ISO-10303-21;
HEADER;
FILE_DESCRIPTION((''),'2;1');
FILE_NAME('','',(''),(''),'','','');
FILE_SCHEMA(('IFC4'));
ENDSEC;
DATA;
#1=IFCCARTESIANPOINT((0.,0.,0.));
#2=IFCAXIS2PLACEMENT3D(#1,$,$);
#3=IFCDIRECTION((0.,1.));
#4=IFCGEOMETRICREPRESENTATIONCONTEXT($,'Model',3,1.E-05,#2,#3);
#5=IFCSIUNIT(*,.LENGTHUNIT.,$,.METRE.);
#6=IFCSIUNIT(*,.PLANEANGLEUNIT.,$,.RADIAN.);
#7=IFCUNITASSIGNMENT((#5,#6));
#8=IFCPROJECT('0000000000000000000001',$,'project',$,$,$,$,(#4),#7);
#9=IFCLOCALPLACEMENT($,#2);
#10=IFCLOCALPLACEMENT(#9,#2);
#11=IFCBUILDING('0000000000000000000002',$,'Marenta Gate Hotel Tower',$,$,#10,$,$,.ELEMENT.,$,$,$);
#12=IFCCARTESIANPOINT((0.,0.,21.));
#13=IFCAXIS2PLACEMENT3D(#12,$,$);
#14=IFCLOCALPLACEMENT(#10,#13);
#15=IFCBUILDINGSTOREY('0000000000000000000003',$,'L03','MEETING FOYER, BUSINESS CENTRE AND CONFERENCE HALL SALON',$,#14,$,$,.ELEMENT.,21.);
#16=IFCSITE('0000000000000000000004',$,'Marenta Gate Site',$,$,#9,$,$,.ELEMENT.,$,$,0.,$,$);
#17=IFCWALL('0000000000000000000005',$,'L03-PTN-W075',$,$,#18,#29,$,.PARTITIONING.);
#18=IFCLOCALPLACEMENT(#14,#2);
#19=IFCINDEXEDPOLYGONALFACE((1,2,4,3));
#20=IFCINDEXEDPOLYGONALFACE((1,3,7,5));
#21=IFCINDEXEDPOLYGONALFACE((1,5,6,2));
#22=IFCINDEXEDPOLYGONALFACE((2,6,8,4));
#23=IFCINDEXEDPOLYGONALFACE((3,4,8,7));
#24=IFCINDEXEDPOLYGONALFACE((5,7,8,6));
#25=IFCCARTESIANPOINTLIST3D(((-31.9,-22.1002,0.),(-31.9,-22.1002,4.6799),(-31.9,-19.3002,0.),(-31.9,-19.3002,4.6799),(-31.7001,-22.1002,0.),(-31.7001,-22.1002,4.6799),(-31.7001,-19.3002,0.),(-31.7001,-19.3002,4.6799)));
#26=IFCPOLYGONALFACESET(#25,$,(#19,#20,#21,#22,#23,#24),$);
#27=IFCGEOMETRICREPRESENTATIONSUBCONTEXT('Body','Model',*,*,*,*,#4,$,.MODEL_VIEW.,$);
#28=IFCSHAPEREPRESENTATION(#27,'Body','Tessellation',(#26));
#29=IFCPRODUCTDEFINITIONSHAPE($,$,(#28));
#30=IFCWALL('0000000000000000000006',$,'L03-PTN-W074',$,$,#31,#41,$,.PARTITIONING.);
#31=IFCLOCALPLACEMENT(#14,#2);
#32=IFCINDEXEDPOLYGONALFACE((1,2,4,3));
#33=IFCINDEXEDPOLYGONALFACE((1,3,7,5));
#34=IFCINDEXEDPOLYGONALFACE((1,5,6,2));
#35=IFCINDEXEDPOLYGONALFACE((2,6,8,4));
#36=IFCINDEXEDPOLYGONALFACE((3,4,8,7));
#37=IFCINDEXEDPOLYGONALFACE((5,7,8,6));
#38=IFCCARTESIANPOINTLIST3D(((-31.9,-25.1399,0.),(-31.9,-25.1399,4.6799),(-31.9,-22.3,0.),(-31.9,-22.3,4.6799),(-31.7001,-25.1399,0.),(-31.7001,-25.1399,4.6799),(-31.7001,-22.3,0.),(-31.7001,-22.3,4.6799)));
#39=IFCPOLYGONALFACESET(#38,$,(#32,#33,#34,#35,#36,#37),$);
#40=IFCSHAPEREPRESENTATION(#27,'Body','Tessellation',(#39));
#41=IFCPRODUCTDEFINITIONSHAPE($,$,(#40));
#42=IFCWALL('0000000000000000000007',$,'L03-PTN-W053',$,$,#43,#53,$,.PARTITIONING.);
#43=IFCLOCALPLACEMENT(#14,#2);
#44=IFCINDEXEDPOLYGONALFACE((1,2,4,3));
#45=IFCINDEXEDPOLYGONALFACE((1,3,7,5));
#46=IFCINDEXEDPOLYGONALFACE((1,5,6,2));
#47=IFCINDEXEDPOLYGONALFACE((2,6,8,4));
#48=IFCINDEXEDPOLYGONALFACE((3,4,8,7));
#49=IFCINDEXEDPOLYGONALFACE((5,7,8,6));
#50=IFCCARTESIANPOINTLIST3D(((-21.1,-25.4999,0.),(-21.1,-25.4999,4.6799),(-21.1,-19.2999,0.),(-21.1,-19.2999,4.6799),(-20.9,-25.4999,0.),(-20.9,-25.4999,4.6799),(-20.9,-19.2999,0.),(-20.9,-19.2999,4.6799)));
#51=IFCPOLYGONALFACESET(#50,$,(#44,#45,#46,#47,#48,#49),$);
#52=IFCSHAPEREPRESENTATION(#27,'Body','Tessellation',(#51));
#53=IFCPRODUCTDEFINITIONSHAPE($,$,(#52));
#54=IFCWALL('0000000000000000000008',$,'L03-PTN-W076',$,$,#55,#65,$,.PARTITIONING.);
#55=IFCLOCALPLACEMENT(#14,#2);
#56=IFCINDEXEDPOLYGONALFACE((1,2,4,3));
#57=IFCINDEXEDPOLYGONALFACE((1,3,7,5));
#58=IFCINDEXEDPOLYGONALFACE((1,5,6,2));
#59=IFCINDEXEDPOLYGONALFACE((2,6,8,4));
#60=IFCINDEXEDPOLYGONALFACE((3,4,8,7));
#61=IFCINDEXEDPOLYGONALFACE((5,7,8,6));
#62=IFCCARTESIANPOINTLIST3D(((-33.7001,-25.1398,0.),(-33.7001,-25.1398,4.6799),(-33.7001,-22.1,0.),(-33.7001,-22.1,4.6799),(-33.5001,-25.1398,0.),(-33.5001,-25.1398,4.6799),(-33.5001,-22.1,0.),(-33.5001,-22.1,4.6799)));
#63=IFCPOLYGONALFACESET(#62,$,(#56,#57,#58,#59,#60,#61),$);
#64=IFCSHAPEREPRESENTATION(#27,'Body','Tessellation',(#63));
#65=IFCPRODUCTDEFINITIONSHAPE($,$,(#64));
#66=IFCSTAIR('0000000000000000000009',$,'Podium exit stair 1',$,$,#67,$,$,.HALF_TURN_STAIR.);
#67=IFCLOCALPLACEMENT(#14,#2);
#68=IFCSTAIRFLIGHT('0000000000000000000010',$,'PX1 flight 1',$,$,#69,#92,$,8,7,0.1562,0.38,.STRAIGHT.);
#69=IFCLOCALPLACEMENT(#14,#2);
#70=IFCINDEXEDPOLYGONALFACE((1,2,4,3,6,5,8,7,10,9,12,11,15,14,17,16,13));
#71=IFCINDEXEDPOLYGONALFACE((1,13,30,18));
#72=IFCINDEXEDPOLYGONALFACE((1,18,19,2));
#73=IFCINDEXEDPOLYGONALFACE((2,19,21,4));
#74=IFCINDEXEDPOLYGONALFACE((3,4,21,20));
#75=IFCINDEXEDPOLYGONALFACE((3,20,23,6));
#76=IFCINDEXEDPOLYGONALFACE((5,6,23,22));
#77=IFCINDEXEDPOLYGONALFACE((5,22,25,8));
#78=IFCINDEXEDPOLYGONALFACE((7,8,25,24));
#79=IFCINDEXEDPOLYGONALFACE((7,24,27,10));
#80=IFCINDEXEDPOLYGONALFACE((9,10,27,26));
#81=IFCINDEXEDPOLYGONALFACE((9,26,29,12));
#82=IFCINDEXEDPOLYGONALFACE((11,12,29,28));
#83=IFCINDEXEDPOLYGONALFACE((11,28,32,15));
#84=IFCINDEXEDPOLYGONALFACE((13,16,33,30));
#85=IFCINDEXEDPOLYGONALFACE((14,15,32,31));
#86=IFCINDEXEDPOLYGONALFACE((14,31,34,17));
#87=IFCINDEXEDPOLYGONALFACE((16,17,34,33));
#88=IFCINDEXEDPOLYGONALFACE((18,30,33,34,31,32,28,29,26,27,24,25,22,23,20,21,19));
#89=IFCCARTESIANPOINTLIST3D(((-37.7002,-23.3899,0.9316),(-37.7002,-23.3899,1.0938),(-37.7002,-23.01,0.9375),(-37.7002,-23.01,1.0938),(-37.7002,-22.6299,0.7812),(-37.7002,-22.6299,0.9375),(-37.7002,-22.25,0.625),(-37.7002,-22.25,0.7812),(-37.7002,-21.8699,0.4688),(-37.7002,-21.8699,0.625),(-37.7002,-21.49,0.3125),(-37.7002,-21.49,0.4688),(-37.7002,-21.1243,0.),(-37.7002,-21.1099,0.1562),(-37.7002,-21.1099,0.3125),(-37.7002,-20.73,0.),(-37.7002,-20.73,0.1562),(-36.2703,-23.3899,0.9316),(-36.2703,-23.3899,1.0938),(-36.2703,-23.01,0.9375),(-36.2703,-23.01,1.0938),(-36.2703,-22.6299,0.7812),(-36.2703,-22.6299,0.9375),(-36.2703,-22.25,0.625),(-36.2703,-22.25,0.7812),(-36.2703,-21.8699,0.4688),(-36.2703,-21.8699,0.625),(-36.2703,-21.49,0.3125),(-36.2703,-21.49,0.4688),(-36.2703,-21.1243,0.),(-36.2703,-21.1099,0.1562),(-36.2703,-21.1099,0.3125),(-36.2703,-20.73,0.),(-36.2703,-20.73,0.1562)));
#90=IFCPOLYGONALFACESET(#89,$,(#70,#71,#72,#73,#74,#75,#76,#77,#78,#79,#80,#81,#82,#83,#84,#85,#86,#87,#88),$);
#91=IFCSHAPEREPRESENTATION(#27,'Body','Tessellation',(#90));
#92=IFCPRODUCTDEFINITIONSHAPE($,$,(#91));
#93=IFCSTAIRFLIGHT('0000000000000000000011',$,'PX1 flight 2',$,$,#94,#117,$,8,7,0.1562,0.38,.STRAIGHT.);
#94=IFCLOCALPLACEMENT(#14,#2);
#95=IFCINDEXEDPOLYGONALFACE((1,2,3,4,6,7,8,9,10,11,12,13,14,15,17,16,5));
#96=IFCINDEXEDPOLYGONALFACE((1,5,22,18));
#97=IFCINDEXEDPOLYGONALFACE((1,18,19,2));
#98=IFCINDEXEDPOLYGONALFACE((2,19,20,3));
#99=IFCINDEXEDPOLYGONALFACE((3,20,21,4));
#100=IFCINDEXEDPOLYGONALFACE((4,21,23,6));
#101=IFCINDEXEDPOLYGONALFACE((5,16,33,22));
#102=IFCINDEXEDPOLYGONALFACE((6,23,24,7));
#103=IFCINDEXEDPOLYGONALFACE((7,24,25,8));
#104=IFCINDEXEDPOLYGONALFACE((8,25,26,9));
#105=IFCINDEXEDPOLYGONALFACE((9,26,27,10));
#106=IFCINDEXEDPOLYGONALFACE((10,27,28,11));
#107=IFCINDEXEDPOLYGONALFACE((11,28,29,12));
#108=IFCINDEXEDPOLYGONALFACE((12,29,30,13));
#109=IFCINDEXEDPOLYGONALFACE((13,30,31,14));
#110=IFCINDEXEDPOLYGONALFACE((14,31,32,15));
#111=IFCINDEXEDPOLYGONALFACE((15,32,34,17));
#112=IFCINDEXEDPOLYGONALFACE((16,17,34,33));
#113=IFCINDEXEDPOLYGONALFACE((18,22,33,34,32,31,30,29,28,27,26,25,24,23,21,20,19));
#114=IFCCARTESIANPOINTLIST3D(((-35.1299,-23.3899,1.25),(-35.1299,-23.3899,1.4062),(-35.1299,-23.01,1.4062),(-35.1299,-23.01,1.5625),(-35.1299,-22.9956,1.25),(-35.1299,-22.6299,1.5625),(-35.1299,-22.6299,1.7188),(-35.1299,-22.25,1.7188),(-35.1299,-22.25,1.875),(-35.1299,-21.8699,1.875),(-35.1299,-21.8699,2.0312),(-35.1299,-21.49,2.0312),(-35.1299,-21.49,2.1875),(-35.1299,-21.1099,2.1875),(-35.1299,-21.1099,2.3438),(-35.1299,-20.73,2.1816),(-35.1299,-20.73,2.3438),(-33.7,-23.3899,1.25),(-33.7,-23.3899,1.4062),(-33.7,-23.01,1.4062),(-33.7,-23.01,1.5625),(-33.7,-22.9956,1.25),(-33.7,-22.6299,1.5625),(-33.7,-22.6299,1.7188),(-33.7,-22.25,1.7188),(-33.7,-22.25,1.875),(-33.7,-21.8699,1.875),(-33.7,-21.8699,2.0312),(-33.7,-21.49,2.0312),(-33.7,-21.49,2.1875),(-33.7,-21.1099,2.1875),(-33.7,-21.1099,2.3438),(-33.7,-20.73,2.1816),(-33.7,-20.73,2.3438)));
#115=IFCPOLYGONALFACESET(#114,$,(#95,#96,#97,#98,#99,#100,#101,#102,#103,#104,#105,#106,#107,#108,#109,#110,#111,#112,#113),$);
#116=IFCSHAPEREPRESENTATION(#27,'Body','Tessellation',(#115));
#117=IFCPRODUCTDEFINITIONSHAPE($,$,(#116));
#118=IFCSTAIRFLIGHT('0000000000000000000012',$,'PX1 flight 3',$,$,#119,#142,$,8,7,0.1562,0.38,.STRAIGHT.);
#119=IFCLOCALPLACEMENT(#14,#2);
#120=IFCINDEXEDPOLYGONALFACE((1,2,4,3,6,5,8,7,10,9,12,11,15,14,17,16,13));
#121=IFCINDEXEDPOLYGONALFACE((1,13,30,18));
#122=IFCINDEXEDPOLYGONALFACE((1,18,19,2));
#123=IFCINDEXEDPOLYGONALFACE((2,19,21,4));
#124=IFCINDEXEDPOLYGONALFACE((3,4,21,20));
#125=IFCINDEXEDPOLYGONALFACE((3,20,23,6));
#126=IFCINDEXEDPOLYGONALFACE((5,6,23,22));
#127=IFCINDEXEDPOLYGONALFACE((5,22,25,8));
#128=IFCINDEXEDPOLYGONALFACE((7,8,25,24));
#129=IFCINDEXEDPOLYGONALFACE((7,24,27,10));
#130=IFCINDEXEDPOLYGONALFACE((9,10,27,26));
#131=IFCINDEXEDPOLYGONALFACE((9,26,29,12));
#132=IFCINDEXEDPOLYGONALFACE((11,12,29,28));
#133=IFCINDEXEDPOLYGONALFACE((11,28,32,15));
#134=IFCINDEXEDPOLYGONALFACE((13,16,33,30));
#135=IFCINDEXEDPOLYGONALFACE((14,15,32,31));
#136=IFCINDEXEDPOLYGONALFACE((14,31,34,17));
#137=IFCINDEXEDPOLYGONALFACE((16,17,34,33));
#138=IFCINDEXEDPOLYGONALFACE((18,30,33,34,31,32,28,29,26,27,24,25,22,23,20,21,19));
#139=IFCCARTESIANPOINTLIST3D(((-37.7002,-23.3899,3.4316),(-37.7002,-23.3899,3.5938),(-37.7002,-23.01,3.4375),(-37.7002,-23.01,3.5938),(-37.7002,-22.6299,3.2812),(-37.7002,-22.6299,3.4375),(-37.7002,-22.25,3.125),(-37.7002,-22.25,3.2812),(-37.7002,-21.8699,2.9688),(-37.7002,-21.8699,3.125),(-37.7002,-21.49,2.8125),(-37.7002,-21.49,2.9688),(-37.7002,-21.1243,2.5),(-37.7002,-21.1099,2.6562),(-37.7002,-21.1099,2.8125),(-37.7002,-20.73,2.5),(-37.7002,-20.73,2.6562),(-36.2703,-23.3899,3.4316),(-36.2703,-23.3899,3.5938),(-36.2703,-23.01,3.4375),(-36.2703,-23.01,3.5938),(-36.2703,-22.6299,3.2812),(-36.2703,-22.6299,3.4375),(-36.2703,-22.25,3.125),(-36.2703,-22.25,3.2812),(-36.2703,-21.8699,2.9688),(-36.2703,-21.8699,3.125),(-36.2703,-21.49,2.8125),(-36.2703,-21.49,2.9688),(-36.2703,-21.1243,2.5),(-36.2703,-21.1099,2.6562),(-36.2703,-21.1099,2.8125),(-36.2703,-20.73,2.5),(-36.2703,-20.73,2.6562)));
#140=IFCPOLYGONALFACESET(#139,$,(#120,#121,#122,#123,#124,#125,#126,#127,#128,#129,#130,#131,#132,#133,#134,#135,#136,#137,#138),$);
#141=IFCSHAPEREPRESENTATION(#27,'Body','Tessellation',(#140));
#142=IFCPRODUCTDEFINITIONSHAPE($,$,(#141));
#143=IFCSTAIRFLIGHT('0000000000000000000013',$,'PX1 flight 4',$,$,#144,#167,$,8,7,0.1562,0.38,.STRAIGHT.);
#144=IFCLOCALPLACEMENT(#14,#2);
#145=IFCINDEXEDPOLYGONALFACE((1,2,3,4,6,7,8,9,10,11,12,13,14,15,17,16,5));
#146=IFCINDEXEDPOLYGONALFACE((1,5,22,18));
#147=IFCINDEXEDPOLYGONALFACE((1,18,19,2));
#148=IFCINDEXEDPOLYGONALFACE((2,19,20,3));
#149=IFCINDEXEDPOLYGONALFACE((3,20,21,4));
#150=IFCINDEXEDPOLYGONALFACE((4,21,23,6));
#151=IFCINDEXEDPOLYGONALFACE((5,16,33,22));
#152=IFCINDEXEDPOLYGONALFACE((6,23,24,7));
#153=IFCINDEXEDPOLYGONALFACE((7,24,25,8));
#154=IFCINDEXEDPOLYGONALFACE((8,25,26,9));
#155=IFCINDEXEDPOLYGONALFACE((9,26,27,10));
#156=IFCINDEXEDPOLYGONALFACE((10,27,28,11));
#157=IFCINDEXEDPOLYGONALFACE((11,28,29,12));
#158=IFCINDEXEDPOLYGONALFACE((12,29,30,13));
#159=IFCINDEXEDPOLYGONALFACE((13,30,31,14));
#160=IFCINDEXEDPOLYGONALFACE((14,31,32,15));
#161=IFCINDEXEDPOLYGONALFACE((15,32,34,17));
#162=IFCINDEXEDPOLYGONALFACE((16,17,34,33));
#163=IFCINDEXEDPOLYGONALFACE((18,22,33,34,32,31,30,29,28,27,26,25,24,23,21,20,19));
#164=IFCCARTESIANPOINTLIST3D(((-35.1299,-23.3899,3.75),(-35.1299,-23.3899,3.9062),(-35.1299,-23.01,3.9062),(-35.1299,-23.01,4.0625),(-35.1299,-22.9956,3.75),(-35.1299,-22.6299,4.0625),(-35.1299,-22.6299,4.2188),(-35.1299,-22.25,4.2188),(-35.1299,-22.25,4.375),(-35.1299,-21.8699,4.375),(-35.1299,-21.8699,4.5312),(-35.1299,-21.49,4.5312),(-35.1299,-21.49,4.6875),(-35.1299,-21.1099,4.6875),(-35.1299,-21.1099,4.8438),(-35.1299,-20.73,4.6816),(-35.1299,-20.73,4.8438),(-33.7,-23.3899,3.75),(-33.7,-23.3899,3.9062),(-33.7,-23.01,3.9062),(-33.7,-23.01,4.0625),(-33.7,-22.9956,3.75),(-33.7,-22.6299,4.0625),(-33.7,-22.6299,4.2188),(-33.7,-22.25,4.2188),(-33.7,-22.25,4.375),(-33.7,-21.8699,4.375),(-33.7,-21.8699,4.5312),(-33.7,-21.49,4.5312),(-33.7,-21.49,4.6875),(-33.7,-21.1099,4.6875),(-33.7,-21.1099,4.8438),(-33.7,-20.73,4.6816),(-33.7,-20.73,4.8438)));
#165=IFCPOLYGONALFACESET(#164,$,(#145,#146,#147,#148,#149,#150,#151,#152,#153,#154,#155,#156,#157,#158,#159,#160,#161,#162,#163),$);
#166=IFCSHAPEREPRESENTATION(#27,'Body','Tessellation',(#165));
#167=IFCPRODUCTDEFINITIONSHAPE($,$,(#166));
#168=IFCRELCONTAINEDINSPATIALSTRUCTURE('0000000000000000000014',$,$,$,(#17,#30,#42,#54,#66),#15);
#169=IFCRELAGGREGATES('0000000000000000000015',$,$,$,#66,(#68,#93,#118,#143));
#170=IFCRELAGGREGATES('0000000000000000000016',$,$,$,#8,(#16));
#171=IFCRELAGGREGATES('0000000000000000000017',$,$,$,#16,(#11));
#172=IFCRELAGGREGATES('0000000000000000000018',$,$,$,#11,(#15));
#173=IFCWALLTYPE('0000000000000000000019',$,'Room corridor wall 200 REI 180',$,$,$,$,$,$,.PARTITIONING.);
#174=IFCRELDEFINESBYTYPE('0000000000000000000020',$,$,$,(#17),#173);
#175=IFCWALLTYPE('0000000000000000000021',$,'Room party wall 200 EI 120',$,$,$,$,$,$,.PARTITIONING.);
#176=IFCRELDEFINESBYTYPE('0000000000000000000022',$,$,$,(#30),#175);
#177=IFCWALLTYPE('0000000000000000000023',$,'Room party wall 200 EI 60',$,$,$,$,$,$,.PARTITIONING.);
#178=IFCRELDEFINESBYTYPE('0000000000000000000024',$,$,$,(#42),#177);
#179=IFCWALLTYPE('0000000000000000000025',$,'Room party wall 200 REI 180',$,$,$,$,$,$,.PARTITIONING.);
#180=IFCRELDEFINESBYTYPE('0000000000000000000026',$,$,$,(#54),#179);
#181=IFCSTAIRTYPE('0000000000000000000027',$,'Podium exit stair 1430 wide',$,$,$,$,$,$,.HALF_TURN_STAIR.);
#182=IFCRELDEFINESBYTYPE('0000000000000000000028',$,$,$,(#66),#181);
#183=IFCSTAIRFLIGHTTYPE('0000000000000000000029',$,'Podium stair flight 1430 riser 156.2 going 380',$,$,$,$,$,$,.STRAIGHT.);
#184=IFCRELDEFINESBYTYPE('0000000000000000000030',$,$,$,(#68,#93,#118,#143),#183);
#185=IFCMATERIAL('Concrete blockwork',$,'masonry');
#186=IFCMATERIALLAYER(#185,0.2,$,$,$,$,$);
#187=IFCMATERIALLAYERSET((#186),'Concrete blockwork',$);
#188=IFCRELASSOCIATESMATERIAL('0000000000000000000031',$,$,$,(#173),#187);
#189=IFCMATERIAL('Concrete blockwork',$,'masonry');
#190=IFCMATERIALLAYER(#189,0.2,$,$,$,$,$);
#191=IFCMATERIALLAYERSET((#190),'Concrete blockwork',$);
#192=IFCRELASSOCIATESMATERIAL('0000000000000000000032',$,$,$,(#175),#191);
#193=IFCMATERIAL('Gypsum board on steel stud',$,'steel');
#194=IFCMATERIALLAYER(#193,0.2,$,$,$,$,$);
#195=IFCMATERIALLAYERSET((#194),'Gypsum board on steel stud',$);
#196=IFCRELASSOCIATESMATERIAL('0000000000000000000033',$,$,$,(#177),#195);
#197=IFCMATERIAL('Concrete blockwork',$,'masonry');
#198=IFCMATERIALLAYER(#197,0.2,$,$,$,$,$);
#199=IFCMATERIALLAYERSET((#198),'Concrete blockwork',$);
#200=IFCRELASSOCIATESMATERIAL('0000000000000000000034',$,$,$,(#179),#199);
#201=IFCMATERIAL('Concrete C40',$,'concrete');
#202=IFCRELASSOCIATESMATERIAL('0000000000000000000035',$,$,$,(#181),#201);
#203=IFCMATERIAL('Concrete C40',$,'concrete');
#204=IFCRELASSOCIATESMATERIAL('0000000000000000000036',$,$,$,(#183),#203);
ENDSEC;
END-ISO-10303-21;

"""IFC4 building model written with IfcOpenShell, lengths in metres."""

from ifc_helpers import new_model, si_unit, direction, frame, frame_2d, origin, place, context, subcontext, project, spatial, polyline, rectangle, outline, extrude, material, layer, layer_set, type_object, element, aggregate, save


model = new_model("IFC4")

# Units and contexts
model_context = context("Model", 3, precision=1e-05, world=origin(), true_north=direction((0.0, 1.0)))
body_context = subcontext(model_context, "Body", "Model", "MODEL_VIEW")
ifc_project = project(units=[si_unit("LENGTHUNIT", "METRE"), si_unit("PLANEANGLEUNIT", "RADIAN")], contexts=[model_context])

# Site, building, storey
site_placement = place(None, origin())
site = spatial("IfcSite", under=ifc_project, at=site_placement, Name="Marenta Gate Site", CompositionType="ELEMENT", RefElevation=0.0)
building_placement = place(site_placement, origin())
building = spatial("IfcBuilding", under=site, at=building_placement, Name="Marenta Gate Hotel Tower", CompositionType="ELEMENT")
storey_placement = place(building_placement, frame((0.0, 0.0, 21.0)))
storey = spatial("IfcBuildingStorey", under=building, at=storey_placement, Name="L03", Description="MEETING FOYER, BUSINESS CENTRE AND CONFERENCE HALL SALON", CompositionType="ELEMENT", Elevation=21.0)

# Shared definitions
ifc_material_1 = material(Name="Concrete blockwork", Category="masonry")
ifc_layer_1 = layer(ifc_material_1, 0.2)
ifc_layer_set_1 = layer_set([ifc_layer_1], Name="Concrete blockwork")
wall_type_1 = type_object("IfcWallType", Name="Room corridor wall 200 REI 180", PredefinedType="PARTITIONING", material=ifc_layer_set_1)

# Wall
wall_1_placement = place(storey_placement, frame((-31.8, -22.1001, 0.0), z_axis=(0.0, 0.0, 1.0), x_axis=(0.0, 1.0, 0.0)))
element("IfcWall", 1, at=wall_1_placement, inside=storey, type_object=wall_type_1, Name="L03-PTN-W075", PredefinedType="PARTITIONING", context=body_context, shape_type="SweptSolid", body=[
    extrude(rectangle(XDim=2.8, YDim=0.2, at=frame_2d((1.3999, 0.0))), origin(), (0.0, 0.0, 1.0), 4.6799),
])

# Walls
ifc_material_2 = material(Name="Concrete blockwork", Category="masonry")
ifc_layer_2 = layer(ifc_material_2, 0.2)
ifc_layer_set_2 = layer_set([ifc_layer_2], Name="Concrete blockwork")
wall_type_2 = type_object("IfcWallType", Name="Room party wall 200 EI 120", PredefinedType="PARTITIONING", material=ifc_layer_set_2)
wall_2_placement = place(storey_placement, frame((-31.8, -25.1399, 0.0), z_axis=(0.0, 0.0, 1.0), x_axis=(0.0, 1.0, 0.0)))
element("IfcWall", 2, at=wall_2_placement, inside=storey, type_object=wall_type_2, Name="L03-PTN-W074", PredefinedType="PARTITIONING", context=body_context, shape_type="SweptSolid", body=[
    extrude(rectangle(XDim=2.8398, YDim=0.2, at=frame_2d((1.4199, 0.0))), origin(), (0.0, 0.0, 1.0), 4.6799),
])
ifc_material_3 = material(Name="Gypsum board on steel stud", Category="steel")
ifc_layer_3 = layer(ifc_material_3, 0.2)
ifc_layer_set_3 = layer_set([ifc_layer_3], Name="Gypsum board on steel stud")
wall_type_3 = type_object("IfcWallType", Name="Room party wall 200 EI 60", PredefinedType="PARTITIONING", material=ifc_layer_set_3)
wall_3_placement = place(storey_placement, frame((-21.0, -25.5, 0.0), z_axis=(0.0, 0.0, 1.0), x_axis=(0.0, 1.0, 0.0)))
element("IfcWall", 3, at=wall_3_placement, inside=storey, type_object=wall_type_3, Name="L03-PTN-W053", PredefinedType="PARTITIONING", context=body_context, shape_type="SweptSolid", body=[
    extrude(rectangle(XDim=6.2, YDim=0.2, at=frame_2d((3.1001, 0.0))), origin(), (0.0, 0.0, 1.0), 4.6799),
])
ifc_material_4 = material(Name="Concrete blockwork", Category="masonry")
ifc_layer_4 = layer(ifc_material_4, 0.2)
ifc_layer_set_4 = layer_set([ifc_layer_4], Name="Concrete blockwork")
wall_type_4 = type_object("IfcWallType", Name="Room party wall 200 REI 180", PredefinedType="PARTITIONING", material=ifc_layer_set_4)
wall_4_placement = place(storey_placement, frame((-33.6001, -25.1399, 0.0), z_axis=(0.0, 0.0, 1.0), x_axis=(0.0, 1.0, 0.0)))
element("IfcWall", 4, at=wall_4_placement, inside=storey, type_object=wall_type_4, Name="L03-PTN-W076", PredefinedType="PARTITIONING", context=body_context, shape_type="SweptSolid", body=[
    extrude(rectangle(XDim=3.0398, YDim=0.2, at=frame_2d((1.52, 0.0))), origin(), (0.0, 0.0, 1.0), 4.6799),
])

# Stair, stair flights
ifc_material_5 = material(Name="Concrete C40", Category="concrete")
stair_type = type_object("IfcStairType", Name="Podium exit stair 1430 wide", PredefinedType="HALF_TURN_STAIR", material=ifc_material_5)
stair_placement = place(storey_placement, origin())
stair = element("IfcStair", 5, at=stair_placement, inside=storey, type_object=stair_type, Name="Podium exit stair 1", PredefinedType="HALF_TURN_STAIR")
ifc_material_6 = material(Name="Concrete C40", Category="concrete")
stair_flight_type = type_object("IfcStairFlightType", Name="Podium stair flight 1430 riser 156.2 going 380", PredefinedType="STRAIGHT", material=ifc_material_6)
stair_flight_1_placement = place(storey_placement, frame((-36.9851, -20.73, 0.0), z_axis=(0.0, 0.0, 1.0), x_axis=(0.0, -1.0, 0.0)))
stair_flight_1 = element("IfcStairFlight", 6, at=stair_flight_1_placement, type_object=stair_flight_type, Name="PX1 flight 1", NumberOfRisers=8, NumberOfTreads=7, PredefinedType="STRAIGHT", RiserHeight=0.1562, TreadLength=0.38, context=body_context, shape_type="SweptSolid", body=[
    extrude(outline(polyline([(0.0, 0.0), (0.0, 0.1562), (0.3799, 0.1562), (0.3799, 0.3125), (0.76, 0.3125), (0.76, 0.4688), (1.1399, 0.4688), (1.1399, 0.625), (1.52, 0.625), (1.52, 0.7812), (1.8999, 0.7812), (1.8999, 0.9375), (2.28, 0.9375), (2.28, 1.0938), (2.6599, 1.0938), (2.6599, 1.25), (2.6599, 0.9316), (0.3943, 0.0), (0.0, 0.0)])), frame((0.0, 0.7148, 0.0), z_axis=(0.0, -1.0, 0.0), x_axis=(1.0, 0.0, 0.0)), (0.0, 0.0, 1.0), 1.4299),
])
stair_flight_2_placement = place(storey_placement, frame((-34.415, -23.3899, 1.25), z_axis=(0.0, 0.0, 1.0), x_axis=(0.0, 1.0, 0.0)))
stair_flight_2 = element("IfcStairFlight", 7, at=stair_flight_2_placement, type_object=stair_flight_type, Name="PX1 flight 2", NumberOfRisers=8, NumberOfTreads=7, PredefinedType="STRAIGHT", RiserHeight=0.1562, TreadLength=0.38, context=body_context, shape_type="SweptSolid", body=[
    extrude(outline(polyline([(0.0, 0.0), (0.0, 0.1562), (0.3799, 0.1562), (0.3799, 0.3125), (0.76, 0.3125), (0.76, 0.4688), (1.1399, 0.4688), (1.1399, 0.625), (1.52, 0.625), (1.52, 0.7812), (1.8999, 0.7812), (1.8999, 0.9375), (2.28, 0.9375), (2.28, 1.0938), (2.6599, 1.0938), (2.6599, 1.25), (2.6599, 0.9316), (0.3943, 0.0), (0.0, 0.0)])), frame((0.0, 0.7148, 0.0), z_axis=(0.0, -1.0, 0.0), x_axis=(1.0, 0.0, 0.0)), (0.0, 0.0, 1.0), 1.4299),
])
stair_flight_3_placement = place(storey_placement, frame((-36.9851, -20.73, 2.5), z_axis=(0.0, 0.0, 1.0), x_axis=(0.0, -1.0, 0.0)))
stair_flight_3 = element("IfcStairFlight", 8, at=stair_flight_3_placement, type_object=stair_flight_type, Name="PX1 flight 3", NumberOfRisers=8, NumberOfTreads=7, PredefinedType="STRAIGHT", RiserHeight=0.1562, TreadLength=0.38, context=body_context, shape_type="SweptSolid", body=[
    extrude(outline(polyline([(0.0, 0.0), (0.0, 0.1562), (0.3799, 0.1562), (0.3799, 0.3125), (0.76, 0.3125), (0.76, 0.4688), (1.1399, 0.4688), (1.1399, 0.625), (1.52, 0.625), (1.52, 0.7812), (1.8999, 0.7812), (1.8999, 0.9375), (2.28, 0.9375), (2.28, 1.0938), (2.6599, 1.0938), (2.6599, 1.25), (2.6599, 0.9316), (0.3943, 0.0), (0.0, 0.0)])), frame((0.0, 0.7148, 0.0), z_axis=(0.0, -1.0, 0.0), x_axis=(1.0, 0.0, 0.0)), (0.0, 0.0, 1.0), 1.4299),
])
stair_flight_4_placement = place(storey_placement, frame((-34.415, -23.3899, 3.75), z_axis=(0.0, 0.0, 1.0), x_axis=(0.0, 1.0, 0.0)))
stair_flight_4 = element("IfcStairFlight", 9, at=stair_flight_4_placement, type_object=stair_flight_type, Name="PX1 flight 4", NumberOfRisers=8, NumberOfTreads=7, PredefinedType="STRAIGHT", RiserHeight=0.1562, TreadLength=0.38, context=body_context, shape_type="SweptSolid", body=[
    extrude(outline(polyline([(0.0, 0.0), (0.0, 0.1562), (0.3799, 0.1562), (0.3799, 0.3125), (0.76, 0.3125), (0.76, 0.4688), (1.1399, 0.4688), (1.1399, 0.625), (1.52, 0.625), (1.52, 0.7812), (1.8999, 0.7812), (1.8999, 0.9375), (2.28, 0.9375), (2.28, 1.0938), (2.6599, 1.0938), (2.6599, 1.25), (2.6599, 0.9316), (0.3943, 0.0), (0.0, 0.0)])), frame((0.0, 0.7148, 0.0), z_axis=(0.0, -1.0, 0.0), x_axis=(1.0, 0.0, 0.0)), (0.0, 0.0, 1.0), 1.4299),
])
aggregate(stair, [stair_flight_1, stair_flight_2, stair_flight_3, stair_flight_4])

save(model, "model.ifc")
